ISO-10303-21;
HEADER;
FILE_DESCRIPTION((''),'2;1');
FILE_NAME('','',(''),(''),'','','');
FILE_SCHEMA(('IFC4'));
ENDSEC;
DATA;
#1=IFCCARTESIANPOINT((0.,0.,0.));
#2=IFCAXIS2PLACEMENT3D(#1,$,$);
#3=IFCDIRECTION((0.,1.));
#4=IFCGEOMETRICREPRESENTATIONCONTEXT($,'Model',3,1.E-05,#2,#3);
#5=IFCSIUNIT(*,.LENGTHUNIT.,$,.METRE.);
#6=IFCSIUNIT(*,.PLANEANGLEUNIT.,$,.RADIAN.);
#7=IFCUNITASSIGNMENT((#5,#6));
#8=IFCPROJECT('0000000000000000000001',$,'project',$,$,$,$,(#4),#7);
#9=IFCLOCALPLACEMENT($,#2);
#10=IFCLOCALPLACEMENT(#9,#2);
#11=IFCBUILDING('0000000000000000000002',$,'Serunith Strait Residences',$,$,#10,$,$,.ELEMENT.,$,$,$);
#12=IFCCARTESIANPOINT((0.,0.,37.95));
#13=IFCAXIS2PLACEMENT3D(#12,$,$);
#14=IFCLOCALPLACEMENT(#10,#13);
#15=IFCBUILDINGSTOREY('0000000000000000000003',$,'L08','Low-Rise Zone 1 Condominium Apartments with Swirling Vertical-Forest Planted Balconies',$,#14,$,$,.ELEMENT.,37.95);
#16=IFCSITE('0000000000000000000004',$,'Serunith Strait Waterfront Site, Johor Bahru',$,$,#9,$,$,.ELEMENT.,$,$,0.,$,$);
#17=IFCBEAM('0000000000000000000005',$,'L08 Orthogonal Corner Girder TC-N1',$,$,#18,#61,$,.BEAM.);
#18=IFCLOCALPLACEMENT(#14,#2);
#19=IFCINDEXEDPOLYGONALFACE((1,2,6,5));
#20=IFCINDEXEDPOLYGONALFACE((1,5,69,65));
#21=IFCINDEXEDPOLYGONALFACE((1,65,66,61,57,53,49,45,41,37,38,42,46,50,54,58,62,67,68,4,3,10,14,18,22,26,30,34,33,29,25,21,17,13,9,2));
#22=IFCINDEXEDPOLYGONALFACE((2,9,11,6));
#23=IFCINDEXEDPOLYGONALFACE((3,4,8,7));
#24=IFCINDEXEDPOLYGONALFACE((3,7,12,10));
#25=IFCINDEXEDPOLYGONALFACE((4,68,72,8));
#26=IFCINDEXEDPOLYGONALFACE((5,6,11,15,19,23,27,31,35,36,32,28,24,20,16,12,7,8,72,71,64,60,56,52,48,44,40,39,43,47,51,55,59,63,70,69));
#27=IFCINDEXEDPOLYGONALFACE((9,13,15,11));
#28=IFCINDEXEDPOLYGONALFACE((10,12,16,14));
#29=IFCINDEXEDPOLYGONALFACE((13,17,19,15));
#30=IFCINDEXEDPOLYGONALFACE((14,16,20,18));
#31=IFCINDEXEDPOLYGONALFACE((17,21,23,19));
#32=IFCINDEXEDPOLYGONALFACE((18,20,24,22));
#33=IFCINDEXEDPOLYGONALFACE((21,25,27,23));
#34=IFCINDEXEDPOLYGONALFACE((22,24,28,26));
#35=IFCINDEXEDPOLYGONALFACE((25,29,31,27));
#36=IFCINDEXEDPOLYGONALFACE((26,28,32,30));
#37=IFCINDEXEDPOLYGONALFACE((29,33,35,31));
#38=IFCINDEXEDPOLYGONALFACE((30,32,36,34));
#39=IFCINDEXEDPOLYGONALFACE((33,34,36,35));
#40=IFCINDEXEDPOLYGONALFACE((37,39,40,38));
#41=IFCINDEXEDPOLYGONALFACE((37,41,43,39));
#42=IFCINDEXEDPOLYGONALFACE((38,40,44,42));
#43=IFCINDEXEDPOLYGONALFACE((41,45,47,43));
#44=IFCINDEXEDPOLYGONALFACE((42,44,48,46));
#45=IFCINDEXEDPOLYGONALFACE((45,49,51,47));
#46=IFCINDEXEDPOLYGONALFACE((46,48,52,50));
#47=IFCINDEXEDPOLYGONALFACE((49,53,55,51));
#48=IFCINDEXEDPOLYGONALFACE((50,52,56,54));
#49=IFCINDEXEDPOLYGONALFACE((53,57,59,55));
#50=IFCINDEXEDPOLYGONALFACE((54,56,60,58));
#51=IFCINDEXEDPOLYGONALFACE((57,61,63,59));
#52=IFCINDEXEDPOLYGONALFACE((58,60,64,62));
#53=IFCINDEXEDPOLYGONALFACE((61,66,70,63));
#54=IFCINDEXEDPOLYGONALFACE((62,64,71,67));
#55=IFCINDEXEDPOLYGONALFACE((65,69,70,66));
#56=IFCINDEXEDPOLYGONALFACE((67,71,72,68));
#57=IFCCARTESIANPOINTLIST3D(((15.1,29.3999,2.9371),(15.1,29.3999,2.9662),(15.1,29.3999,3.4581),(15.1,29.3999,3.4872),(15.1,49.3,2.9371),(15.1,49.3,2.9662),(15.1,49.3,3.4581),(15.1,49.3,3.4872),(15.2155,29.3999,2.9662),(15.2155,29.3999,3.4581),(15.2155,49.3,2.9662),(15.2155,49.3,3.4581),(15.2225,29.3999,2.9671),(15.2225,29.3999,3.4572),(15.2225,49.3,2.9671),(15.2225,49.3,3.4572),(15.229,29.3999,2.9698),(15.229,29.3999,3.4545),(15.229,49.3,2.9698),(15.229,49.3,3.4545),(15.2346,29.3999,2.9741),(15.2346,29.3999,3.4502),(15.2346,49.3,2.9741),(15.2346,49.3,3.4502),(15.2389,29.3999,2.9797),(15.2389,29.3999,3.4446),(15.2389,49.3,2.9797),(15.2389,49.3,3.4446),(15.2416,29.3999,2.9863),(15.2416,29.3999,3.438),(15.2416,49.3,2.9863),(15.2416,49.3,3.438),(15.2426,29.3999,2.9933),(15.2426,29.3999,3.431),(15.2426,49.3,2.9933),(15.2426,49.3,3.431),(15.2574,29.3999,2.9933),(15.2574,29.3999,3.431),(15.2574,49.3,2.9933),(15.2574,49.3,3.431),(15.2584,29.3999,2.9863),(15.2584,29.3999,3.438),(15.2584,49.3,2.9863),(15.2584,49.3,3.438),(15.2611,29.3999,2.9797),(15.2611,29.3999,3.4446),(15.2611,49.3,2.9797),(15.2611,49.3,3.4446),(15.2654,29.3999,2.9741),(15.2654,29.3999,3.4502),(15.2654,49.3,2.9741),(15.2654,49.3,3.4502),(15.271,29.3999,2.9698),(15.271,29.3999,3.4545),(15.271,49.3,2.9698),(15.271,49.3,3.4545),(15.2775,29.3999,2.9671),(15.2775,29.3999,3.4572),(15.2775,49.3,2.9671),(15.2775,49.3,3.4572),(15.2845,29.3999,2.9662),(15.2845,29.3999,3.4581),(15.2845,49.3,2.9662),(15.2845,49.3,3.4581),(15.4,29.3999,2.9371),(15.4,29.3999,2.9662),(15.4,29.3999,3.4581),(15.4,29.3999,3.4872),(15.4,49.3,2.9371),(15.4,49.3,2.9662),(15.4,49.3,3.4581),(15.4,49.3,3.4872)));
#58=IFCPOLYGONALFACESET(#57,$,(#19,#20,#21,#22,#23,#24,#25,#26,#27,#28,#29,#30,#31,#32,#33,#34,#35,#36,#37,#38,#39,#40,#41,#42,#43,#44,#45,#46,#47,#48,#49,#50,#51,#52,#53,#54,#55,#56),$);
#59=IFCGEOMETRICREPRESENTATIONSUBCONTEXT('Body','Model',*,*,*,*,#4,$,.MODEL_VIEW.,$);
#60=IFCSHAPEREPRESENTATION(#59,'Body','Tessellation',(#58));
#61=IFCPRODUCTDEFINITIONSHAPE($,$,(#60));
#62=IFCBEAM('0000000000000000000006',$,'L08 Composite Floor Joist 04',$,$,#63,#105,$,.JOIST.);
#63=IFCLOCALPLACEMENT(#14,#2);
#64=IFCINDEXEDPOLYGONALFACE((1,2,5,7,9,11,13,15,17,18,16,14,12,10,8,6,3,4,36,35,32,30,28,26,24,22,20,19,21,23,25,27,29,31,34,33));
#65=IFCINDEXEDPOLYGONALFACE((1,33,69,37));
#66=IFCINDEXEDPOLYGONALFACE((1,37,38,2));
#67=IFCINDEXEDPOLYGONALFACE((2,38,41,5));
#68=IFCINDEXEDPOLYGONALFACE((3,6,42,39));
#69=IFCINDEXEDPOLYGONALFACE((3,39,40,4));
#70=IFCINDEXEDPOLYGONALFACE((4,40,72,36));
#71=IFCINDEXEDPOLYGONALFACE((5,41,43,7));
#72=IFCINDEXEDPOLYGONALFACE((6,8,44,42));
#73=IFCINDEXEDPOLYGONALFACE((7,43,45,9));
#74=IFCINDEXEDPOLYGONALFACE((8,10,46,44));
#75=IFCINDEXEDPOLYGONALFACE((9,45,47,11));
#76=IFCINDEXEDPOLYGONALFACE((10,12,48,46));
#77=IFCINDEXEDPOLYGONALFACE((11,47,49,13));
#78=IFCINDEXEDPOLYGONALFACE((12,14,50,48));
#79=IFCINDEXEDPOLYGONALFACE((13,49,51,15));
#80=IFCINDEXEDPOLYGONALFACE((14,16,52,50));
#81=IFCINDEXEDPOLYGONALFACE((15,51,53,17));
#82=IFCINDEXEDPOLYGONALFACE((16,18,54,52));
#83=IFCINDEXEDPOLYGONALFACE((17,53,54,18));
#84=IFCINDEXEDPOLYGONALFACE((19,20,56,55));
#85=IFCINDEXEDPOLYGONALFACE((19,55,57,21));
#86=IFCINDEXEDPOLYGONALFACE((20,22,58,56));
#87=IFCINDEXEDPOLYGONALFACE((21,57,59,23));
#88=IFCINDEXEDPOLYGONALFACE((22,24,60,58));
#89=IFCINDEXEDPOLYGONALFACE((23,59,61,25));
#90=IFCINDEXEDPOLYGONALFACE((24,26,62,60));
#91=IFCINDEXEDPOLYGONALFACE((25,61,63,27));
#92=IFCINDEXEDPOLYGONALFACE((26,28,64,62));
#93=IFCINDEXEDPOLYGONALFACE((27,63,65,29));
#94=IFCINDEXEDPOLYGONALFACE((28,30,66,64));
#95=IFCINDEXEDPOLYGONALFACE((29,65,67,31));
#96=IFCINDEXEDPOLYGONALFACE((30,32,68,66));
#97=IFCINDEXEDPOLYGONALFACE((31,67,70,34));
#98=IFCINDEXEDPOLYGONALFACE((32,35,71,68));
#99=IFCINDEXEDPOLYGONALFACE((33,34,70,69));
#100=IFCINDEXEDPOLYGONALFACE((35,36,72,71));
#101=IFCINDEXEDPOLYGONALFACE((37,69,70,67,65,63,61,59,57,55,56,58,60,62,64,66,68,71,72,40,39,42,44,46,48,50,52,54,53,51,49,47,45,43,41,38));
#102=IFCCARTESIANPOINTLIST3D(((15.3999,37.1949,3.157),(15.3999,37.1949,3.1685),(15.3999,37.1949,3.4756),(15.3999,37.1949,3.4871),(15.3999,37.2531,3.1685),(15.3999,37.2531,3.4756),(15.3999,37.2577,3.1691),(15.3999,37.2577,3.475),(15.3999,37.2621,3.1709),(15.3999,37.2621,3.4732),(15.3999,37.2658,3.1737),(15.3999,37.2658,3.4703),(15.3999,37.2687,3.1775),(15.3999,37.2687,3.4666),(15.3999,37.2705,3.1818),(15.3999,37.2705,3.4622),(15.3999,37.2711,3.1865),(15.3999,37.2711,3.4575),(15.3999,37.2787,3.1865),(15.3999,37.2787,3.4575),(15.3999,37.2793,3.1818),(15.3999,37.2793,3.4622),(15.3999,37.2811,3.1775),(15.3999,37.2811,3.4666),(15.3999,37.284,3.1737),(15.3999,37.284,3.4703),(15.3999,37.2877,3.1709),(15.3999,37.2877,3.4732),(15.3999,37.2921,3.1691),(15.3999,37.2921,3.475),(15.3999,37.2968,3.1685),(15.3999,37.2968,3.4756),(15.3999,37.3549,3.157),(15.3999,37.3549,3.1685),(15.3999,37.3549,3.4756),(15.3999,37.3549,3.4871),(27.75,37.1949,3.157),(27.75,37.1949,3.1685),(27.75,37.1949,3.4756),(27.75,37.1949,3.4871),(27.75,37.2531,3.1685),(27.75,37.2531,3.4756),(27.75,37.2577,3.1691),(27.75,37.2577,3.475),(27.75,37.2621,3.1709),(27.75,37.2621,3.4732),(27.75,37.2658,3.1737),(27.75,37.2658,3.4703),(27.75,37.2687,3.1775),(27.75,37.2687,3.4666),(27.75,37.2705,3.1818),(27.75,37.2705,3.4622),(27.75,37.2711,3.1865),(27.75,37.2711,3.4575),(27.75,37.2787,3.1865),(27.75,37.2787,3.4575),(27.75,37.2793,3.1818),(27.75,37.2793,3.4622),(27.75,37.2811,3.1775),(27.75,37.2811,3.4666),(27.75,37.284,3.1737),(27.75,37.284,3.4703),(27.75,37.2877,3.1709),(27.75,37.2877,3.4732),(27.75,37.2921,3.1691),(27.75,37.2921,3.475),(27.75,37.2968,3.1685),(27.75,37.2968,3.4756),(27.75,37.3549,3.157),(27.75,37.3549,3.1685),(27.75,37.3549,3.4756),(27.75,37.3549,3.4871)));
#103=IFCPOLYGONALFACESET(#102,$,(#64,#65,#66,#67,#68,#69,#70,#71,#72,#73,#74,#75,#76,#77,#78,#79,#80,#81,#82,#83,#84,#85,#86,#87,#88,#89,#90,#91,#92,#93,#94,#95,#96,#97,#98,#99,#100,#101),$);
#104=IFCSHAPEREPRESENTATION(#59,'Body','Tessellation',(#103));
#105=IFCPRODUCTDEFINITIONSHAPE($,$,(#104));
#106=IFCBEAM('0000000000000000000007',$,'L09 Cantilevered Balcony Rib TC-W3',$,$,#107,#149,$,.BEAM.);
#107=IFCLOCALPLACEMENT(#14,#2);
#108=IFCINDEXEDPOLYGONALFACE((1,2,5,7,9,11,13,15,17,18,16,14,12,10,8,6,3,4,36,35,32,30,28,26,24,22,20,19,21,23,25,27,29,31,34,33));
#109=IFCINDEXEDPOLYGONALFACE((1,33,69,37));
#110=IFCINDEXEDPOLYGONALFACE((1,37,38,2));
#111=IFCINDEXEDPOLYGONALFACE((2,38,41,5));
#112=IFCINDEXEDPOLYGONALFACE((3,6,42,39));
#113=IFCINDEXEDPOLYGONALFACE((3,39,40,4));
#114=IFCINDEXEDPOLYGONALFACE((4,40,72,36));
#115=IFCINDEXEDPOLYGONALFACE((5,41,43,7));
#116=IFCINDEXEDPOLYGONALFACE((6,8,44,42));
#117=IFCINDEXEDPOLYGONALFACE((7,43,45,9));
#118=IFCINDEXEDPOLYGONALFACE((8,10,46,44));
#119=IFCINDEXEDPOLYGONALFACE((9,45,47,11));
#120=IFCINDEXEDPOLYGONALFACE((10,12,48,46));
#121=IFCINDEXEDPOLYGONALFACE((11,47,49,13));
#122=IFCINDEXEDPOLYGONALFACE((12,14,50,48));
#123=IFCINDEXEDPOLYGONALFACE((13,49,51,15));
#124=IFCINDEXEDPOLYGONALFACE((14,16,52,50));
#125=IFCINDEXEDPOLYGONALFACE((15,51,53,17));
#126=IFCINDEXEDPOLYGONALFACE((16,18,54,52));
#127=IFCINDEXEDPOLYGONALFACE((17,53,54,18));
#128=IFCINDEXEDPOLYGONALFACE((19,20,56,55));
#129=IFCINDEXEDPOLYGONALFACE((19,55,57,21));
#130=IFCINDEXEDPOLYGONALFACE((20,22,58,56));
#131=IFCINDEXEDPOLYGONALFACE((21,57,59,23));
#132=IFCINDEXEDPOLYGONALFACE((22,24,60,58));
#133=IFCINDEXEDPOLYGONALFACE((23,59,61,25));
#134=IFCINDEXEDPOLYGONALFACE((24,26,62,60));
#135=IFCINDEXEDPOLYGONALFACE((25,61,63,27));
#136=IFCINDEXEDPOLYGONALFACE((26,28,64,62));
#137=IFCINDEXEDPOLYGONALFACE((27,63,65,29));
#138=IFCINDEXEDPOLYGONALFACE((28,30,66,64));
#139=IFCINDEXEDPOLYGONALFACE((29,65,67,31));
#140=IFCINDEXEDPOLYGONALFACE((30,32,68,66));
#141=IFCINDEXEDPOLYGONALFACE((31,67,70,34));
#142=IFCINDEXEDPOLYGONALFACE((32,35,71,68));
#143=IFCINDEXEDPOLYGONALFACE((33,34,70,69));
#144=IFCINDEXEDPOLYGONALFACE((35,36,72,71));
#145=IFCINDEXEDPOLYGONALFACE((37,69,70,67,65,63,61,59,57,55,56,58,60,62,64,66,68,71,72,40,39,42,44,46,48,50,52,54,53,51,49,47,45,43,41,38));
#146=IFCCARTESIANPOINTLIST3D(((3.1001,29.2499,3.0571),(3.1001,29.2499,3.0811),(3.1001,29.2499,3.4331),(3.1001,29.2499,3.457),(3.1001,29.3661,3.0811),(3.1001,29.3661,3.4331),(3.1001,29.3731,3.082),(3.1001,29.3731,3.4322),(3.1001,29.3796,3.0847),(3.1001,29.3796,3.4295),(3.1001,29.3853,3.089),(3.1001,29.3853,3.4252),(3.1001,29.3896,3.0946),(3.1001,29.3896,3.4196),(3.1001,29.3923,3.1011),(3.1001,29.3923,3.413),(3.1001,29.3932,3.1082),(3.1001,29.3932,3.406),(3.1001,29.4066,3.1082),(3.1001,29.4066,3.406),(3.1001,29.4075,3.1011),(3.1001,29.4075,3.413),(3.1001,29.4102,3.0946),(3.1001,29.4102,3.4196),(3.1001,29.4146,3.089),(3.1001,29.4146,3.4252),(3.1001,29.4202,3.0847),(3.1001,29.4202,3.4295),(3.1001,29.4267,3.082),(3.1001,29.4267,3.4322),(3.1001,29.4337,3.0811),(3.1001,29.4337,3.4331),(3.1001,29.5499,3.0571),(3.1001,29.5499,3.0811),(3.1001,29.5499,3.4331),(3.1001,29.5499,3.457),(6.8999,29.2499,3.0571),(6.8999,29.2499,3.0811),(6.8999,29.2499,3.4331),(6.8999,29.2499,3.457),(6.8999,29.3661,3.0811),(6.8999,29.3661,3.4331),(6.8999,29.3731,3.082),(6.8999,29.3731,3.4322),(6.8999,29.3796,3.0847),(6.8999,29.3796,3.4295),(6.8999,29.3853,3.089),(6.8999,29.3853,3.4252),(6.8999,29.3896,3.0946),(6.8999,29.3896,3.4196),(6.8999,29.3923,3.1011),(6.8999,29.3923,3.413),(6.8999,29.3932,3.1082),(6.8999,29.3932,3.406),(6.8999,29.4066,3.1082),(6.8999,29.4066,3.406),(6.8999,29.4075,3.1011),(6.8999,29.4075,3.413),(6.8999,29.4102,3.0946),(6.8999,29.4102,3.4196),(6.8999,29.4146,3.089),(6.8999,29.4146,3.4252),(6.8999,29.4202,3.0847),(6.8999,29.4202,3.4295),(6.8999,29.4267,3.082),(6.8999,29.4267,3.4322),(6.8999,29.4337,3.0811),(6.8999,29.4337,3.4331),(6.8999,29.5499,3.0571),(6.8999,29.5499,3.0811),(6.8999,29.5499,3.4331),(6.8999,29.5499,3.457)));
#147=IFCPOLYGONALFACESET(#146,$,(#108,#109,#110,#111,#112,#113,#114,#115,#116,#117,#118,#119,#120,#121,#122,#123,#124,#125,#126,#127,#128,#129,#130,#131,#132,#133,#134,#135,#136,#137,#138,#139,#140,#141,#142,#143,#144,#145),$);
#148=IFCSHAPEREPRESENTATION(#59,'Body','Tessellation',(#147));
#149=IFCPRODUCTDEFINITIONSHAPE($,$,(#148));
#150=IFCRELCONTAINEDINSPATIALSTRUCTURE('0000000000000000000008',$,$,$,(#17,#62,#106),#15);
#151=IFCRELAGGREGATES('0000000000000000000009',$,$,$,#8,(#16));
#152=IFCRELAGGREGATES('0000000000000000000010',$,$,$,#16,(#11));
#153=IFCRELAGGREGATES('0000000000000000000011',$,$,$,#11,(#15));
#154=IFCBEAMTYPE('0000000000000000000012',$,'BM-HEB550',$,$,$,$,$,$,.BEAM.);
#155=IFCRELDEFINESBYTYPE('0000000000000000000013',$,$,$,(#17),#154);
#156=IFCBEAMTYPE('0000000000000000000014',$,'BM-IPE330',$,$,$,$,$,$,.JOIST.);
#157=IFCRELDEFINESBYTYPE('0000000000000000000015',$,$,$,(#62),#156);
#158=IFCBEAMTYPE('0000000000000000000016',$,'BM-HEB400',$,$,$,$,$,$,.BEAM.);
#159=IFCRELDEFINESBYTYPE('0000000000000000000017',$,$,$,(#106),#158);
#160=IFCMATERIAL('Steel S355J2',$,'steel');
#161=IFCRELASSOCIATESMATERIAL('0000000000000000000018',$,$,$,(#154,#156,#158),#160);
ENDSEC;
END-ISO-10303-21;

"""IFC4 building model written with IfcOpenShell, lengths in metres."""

from ifc_helpers import new_model, si_unit, direction, frame, origin, origin_2d, place, context, subcontext, project, spatial, i_section, extrude, source, transform, mapped, material, material_profile, profile_set, type_object, element, save


model = new_model("IFC4")

# Units and contexts
model_context = context("Model", 3, precision=1e-05, world=origin(), true_north=direction((0.0, 1.0)))
body_context = subcontext(model_context, "Body", "Model", "MODEL_VIEW")
ifc_project = project(units=[si_unit("LENGTHUNIT", "METRE"), si_unit("PLANEANGLEUNIT", "RADIAN")], contexts=[model_context])

# Site, building, storey
site_placement = place(None, origin())
site = spatial("IfcSite", under=ifc_project, at=site_placement, Name="Serunith Strait Waterfront Site, Johor Bahru", CompositionType="ELEMENT", RefElevation=0.0)
building_placement = place(site_placement, origin())
building = spatial("IfcBuilding", under=site, at=building_placement, Name="Serunith Strait Residences", CompositionType="ELEMENT")
storey_placement = place(building_placement, frame((0.0, 0.0, 37.95)))
storey = spatial("IfcBuildingStorey", under=building, at=storey_placement, Name="L08", Description="Low-Rise Zone 1 Condominium Apartments with Swirling Vertical-Forest Planted Balconies", CompositionType="ELEMENT", Elevation=37.95)

# Beams
ifc_material_1 = material(Name="Steel S355J2", Category="steel")
ifc_material_profile_1 = material_profile(ifc_material_1, i_section(OverallWidth=0.3, OverallDepth=0.55, WebThickness=0.0149, FlangeThickness=0.0291, FilletRadius=0.0271, at=origin_2d()), Name="HEB 550")
ifc_profile_set_1 = profile_set([ifc_material_profile_1], Name="Steel S355J2")
beam_type_1 = type_object("IfcBeamType", Name="BM-HEB550", PredefinedType="BEAM", material=ifc_profile_set_1)
shared_shape_1 = source(origin(), body_context, "Body", "SweptSolid", [
    extrude(i_section(OverallWidth=0.3, OverallDepth=0.55, WebThickness=0.0149, FlangeThickness=0.0291, FilletRadius=0.0271, at=origin_2d()), origin(), (0.0, 0.0, 1.0), 19.9001),
])
beam_1_placement = place(storey_placement, frame((15.25, 29.3999, 3.2122), z_axis=(0.0, 1.0, 0.0), x_axis=(-1.0, 0.0, 0.0)))
element("IfcBeam", 1, at=beam_1_placement, inside=storey, type_object=beam_type_1, Name="L08 Orthogonal Corner Girder TC-N1", PredefinedType="BEAM", context=body_context, shape_type="MappedRepresentation", body=[
    mapped(shared_shape_1, transform((0.0, 0.0, 0.0), scale=1.0)),
])
ifc_material_profile_2 = material_profile(ifc_material_1, i_section(OverallWidth=0.1599, OverallDepth=0.3301, WebThickness=0.0076, FlangeThickness=0.0115, FilletRadius=0.0181, at=origin_2d()), Name="IPE 330")
ifc_profile_set_2 = profile_set([ifc_material_profile_2], Name="Steel S355J2")
beam_type_2 = type_object("IfcBeamType", Name="BM-IPE330", PredefinedType="JOIST", material=ifc_profile_set_2)
shared_shape_2 = source(origin(), body_context, "Body", "SweptSolid", [
    extrude(i_section(OverallWidth=0.1599, OverallDepth=0.3301, WebThickness=0.0076, FlangeThickness=0.0115, FilletRadius=0.0181, at=origin_2d()), origin(), (0.0, 0.0, 1.0), 12.3501),
])
beam_2_placement = place(storey_placement, frame((15.3999, 37.2749, 3.322), z_axis=(1.0, 0.0, 0.0), x_axis=(0.0, 1.0, 0.0)))
element("IfcBeam", 2, at=beam_2_placement, inside=storey, type_object=beam_type_2, Name="L08 Composite Floor Joist 04", PredefinedType="JOIST", context=body_context, shape_type="MappedRepresentation", body=[
    mapped(shared_shape_2, transform((0.0, 0.0, 0.0), scale=1.0)),
])
ifc_material_profile_3 = material_profile(ifc_material_1, i_section(OverallWidth=0.3, OverallDepth=0.3999, WebThickness=0.0134, FlangeThickness=0.0239, FilletRadius=0.0271, at=origin_2d()), Name="HEB 400")
ifc_profile_set_3 = profile_set([ifc_material_profile_3], Name="Steel S355J2")
beam_type_3 = type_object("IfcBeamType", Name="BM-HEB400", PredefinedType="BEAM", material=ifc_profile_set_3)
shared_shape_3 = source(origin(), body_context, "Body", "SweptSolid", [
    extrude(i_section(OverallWidth=0.3, OverallDepth=0.3999, WebThickness=0.0134, FlangeThickness=0.0239, FilletRadius=0.0271, at=origin_2d()), origin(), (0.0, 0.0, 1.0), 3.7998),
])
beam_3_placement = place(storey_placement, frame((6.8999, 29.3999, 3.2571), z_axis=(-1.0, 0.0, 0.0), x_axis=(0.0, -1.0, 0.0)))
element("IfcBeam", 3, at=beam_3_placement, inside=storey, type_object=beam_type_3, Name="L09 Cantilevered Balcony Rib TC-W3", PredefinedType="BEAM", context=body_context, shape_type="MappedRepresentation", body=[
    mapped(shared_shape_3, transform((0.0, 0.0, 0.0), scale=1.0)),
])

save(model, "model.ifc")
